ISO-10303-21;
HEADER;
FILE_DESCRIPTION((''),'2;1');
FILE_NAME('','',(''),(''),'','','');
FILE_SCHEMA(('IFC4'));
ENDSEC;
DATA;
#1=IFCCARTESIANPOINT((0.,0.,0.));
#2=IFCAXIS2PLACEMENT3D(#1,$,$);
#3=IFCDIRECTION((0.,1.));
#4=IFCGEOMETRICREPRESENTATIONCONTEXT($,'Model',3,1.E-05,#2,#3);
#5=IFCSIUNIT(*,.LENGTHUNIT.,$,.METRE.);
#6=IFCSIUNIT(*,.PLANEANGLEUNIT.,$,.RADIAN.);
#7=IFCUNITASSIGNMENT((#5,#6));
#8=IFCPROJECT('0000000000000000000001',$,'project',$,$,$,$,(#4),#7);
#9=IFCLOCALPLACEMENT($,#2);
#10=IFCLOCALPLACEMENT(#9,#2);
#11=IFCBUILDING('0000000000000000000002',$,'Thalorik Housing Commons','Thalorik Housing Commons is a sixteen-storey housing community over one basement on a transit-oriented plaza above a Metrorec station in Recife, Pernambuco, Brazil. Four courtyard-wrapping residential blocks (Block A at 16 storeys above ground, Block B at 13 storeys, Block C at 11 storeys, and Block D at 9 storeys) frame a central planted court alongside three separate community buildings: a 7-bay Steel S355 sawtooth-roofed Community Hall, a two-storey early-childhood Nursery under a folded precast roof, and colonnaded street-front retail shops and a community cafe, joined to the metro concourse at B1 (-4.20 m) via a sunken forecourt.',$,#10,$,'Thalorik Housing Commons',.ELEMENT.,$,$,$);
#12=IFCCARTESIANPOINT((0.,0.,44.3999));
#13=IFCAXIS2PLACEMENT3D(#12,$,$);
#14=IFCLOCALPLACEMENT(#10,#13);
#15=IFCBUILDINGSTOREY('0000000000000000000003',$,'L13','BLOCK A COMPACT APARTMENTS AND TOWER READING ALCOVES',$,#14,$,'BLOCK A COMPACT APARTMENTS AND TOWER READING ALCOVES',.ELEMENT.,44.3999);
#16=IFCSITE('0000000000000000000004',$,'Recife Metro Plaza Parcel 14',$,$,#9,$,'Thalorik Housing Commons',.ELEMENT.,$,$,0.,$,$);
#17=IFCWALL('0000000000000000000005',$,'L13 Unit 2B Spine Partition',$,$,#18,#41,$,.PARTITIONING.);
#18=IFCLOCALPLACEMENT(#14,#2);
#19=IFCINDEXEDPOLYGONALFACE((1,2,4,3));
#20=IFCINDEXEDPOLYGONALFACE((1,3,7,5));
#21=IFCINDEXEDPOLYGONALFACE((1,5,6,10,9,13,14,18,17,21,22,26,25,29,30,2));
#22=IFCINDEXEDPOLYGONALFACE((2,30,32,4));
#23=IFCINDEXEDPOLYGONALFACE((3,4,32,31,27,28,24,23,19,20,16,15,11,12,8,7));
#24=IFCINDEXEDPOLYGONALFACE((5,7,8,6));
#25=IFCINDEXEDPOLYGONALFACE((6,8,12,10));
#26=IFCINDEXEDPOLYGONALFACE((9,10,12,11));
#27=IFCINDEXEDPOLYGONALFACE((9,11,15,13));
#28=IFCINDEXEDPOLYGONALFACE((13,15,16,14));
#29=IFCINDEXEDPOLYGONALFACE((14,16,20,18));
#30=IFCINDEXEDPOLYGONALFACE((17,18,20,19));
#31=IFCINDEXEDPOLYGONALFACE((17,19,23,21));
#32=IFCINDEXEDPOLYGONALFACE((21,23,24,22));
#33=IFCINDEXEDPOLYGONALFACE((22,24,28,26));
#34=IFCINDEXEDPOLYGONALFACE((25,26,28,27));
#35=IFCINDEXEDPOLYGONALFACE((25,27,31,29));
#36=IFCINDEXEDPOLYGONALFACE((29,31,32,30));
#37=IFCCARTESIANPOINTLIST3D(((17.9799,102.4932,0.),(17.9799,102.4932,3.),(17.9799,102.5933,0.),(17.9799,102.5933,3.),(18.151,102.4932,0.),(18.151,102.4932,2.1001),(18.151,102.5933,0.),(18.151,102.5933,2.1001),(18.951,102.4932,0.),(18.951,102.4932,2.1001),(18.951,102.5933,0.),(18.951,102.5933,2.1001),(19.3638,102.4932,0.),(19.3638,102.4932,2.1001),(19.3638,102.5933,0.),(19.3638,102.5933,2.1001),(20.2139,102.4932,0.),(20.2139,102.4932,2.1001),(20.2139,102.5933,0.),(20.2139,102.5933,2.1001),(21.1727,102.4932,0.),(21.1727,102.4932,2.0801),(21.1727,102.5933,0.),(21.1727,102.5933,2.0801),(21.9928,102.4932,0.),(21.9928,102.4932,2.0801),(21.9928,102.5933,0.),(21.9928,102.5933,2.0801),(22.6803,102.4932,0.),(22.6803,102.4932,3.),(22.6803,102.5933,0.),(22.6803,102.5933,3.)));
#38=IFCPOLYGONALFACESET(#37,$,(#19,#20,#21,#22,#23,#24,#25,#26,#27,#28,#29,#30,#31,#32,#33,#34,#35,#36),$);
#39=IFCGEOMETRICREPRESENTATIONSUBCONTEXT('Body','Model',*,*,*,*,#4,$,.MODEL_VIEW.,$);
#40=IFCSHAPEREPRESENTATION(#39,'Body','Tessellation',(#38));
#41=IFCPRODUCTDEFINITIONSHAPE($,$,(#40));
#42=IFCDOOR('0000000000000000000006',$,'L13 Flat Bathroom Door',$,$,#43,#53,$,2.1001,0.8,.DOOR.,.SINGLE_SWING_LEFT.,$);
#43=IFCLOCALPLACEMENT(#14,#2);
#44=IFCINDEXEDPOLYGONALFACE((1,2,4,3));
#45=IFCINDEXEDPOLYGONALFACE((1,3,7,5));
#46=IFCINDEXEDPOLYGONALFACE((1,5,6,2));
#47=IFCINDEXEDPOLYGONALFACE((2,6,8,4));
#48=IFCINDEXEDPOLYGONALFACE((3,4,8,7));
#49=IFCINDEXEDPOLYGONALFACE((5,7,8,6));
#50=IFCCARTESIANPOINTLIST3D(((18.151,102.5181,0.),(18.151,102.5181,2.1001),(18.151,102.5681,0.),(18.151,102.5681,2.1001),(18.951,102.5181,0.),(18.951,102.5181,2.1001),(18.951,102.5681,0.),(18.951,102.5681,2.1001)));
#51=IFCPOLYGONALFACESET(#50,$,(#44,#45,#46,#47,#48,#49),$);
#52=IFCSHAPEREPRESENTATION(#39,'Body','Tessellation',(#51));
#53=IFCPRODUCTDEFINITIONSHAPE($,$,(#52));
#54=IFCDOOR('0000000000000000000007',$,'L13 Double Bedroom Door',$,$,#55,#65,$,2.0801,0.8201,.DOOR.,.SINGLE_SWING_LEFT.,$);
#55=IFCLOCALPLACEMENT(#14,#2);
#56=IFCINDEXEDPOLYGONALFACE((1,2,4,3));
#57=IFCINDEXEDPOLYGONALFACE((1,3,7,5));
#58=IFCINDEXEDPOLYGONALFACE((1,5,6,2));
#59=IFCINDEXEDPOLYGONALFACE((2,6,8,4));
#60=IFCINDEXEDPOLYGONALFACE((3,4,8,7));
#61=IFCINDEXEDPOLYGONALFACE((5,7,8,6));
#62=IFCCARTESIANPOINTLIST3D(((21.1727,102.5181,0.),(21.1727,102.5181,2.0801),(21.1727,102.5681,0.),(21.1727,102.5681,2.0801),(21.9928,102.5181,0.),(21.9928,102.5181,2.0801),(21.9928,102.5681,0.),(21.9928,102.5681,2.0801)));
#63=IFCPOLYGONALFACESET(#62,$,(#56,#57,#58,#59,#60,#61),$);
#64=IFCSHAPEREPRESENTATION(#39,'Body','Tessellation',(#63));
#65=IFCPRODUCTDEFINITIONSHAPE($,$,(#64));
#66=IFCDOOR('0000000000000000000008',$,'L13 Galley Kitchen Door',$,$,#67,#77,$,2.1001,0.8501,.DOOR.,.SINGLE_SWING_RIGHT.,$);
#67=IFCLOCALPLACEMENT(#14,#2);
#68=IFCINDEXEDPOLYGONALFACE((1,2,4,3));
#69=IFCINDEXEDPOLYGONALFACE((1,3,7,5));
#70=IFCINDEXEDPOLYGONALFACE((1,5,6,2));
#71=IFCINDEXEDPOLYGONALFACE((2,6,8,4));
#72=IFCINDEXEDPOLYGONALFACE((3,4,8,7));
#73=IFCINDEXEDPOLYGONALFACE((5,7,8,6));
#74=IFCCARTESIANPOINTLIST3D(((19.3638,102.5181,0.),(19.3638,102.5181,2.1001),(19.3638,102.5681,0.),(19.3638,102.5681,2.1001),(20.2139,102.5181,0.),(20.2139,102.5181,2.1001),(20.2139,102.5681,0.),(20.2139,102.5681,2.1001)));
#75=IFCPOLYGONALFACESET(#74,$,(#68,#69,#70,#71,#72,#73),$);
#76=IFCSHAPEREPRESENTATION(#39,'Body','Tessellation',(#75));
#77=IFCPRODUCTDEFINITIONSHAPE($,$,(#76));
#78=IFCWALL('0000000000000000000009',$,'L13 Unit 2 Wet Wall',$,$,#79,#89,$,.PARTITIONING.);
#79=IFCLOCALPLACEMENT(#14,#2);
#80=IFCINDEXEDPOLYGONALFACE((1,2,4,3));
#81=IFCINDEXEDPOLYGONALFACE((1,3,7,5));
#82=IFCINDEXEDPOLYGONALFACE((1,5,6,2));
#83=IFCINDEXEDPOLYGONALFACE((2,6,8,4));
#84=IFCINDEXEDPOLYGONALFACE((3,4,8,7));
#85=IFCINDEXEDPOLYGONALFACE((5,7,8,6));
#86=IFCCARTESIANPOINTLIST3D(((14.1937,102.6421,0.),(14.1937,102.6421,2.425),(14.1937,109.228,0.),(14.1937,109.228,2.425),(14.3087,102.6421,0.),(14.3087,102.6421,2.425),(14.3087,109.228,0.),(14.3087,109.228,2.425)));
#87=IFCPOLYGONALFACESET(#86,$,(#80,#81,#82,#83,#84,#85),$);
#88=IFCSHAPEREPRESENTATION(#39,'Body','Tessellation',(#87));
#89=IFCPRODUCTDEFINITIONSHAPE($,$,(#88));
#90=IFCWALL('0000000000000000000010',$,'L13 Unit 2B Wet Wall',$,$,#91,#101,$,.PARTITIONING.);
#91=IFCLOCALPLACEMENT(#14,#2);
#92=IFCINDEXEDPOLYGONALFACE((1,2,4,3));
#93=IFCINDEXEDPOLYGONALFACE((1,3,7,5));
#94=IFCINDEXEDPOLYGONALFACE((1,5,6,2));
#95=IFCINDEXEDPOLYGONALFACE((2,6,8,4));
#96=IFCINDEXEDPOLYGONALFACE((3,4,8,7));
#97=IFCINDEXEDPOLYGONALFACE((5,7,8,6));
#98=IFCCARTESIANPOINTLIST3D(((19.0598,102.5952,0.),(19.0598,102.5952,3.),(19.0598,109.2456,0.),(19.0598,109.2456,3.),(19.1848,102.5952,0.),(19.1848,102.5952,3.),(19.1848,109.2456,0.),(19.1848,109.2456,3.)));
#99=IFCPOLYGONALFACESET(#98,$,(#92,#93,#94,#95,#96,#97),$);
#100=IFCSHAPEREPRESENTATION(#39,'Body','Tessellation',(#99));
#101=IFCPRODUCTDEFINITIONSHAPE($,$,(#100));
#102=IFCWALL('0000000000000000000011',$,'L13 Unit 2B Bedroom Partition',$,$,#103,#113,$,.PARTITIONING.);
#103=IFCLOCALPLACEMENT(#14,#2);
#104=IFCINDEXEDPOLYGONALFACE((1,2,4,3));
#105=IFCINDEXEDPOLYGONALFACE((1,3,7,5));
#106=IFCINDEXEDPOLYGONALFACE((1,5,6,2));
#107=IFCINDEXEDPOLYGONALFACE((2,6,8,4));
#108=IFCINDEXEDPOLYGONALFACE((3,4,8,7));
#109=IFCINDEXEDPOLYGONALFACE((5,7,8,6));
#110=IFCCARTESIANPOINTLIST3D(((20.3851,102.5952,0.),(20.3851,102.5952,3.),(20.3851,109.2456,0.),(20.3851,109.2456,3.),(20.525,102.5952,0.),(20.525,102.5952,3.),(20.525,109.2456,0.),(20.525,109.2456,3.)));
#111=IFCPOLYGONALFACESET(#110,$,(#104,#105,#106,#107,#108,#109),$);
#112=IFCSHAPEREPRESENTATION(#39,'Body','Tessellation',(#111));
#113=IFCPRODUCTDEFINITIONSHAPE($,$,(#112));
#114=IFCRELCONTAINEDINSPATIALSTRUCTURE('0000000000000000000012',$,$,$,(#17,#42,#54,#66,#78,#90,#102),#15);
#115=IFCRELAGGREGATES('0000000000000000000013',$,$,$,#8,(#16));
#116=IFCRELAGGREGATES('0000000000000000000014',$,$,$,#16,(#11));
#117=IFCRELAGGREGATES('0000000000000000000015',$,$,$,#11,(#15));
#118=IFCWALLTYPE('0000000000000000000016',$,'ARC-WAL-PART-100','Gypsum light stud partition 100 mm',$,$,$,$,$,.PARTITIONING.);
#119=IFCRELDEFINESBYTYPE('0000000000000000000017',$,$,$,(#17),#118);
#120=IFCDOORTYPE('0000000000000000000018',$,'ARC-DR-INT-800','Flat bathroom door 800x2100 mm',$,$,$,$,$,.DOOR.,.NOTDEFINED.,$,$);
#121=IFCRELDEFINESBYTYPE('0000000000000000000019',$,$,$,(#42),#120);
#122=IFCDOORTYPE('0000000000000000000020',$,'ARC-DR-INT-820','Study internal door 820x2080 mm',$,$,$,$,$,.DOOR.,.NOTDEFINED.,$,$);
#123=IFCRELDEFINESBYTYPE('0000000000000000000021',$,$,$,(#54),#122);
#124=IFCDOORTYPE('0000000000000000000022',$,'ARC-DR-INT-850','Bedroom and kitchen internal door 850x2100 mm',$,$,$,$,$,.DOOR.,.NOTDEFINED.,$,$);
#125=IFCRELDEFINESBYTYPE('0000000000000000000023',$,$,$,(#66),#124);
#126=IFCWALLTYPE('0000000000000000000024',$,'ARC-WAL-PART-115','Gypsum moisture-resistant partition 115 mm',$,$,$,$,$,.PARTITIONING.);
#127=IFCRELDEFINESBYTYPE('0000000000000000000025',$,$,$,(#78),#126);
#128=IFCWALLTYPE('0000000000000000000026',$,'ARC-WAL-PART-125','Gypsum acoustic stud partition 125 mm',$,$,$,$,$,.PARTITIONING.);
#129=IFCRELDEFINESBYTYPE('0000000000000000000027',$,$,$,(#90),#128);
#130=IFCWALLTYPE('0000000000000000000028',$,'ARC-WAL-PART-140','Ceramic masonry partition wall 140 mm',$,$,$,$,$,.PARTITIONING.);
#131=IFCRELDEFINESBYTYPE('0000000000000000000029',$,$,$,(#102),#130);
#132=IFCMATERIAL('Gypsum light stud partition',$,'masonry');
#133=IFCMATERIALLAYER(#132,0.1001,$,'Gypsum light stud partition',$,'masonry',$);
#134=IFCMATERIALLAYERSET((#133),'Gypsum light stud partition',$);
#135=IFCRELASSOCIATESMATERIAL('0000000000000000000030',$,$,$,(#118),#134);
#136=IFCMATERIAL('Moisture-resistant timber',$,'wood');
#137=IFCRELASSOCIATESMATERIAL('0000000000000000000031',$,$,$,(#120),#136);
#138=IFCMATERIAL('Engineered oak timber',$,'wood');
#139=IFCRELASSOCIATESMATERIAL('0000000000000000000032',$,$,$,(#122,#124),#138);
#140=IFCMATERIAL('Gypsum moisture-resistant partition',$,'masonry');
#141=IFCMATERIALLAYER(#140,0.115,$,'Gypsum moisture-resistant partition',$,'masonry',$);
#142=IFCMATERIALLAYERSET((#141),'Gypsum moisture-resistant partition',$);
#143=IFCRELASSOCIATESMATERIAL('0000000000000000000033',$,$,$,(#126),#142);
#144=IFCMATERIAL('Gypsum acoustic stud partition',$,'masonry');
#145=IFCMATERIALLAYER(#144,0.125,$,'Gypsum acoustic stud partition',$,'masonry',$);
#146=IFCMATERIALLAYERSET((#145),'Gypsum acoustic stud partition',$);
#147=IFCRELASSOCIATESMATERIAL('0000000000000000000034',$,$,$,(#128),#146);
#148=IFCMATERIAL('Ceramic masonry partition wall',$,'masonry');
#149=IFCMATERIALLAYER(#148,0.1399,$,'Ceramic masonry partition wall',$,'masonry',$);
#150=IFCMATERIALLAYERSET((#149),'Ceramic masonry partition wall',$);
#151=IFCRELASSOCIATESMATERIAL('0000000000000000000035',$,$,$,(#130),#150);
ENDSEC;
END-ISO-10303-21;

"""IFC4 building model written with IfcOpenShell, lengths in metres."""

from ifc_helpers import new_model, si_unit, direction, frame, frame_2d, origin, place, context, subcontext, project, spatial, rectangle, extrude, material, layer, layer_set, type_object, element, fill, save


model = new_model("IFC4")

# Units and contexts
model_context = context("Model", 3, precision=1e-05, world=origin(), true_north=direction((0.0, 1.0)))
body_context = subcontext(model_context, "Body", "Model", "MODEL_VIEW")
ifc_project = project(units=[si_unit("LENGTHUNIT", "METRE"), si_unit("PLANEANGLEUNIT", "RADIAN")], contexts=[model_context])

# Site, building, storey
site_placement = place(None, origin())
site = spatial("IfcSite", under=ifc_project, at=site_placement, Name="Recife Metro Plaza Parcel 14", LongName="Thalorik Housing Commons", CompositionType="ELEMENT", RefElevation=0.0)
building_placement = place(site_placement, origin())
building = spatial("IfcBuilding", under=site, at=building_placement, Name="Thalorik Housing Commons", Description="Thalorik Housing Commons is a sixteen-storey housing community over one basement on a transit-oriented plaza above a Metrorec station in Recife, Pernambuco, Brazil. Four courtyard-wrapping residential blocks (Block A at 16 storeys above ground, Block B at 13 storeys, Block C at 11 storeys, and Block D at 9 storeys) frame a central planted court alongside three separate community buildings: a 7-bay Steel S355 sawtooth-roofed Community Hall, a two-storey early-childhood Nursery under a folded precast roof, and colonnaded street-front retail shops and a community cafe, joined to the metro concourse at B1 (-4.20 m) via a sunken forecourt.", LongName="Thalorik Housing Commons", CompositionType="ELEMENT")
storey_placement = place(building_placement, frame((0.0, 0.0, 44.3999)))
storey = spatial("IfcBuildingStorey", under=building, at=storey_placement, Name="L13", Description="BLOCK A COMPACT APARTMENTS AND TOWER READING ALCOVES", LongName="BLOCK A COMPACT APARTMENTS AND TOWER READING ALCOVES", CompositionType="ELEMENT", Elevation=44.3999)

# Wall, openings, doors
ifc_material_1 = material(Name="Gypsum light stud partition", Category="masonry")
ifc_layer_1 = layer(ifc_material_1, 0.1001, Name="Gypsum light stud partition", Category="masonry")
ifc_layer_set_1 = layer_set([ifc_layer_1], Name="Gypsum light stud partition")
wall_type_1 = type_object("IfcWallType", Name="ARC-WAL-PART-100", Description="Gypsum light stud partition 100 mm", PredefinedType="PARTITIONING", material=ifc_layer_set_1)
wall_1_placement = place(storey_placement, frame((17.98, 102.5432, 0.0), z_axis=(0.0, 0.0, 1.0), x_axis=(1.0, 0.0, 0.0)))
wall_1 = element("IfcWall", 1, at=wall_1_placement, inside=storey, type_object=wall_type_1, Name="L13 Unit 2B Spine Partition", PredefinedType="PARTITIONING", context=body_context, shape_type="SweptSolid", body=[
    extrude(rectangle(XDim=4.7004, YDim=0.1001, at=frame_2d((2.3501, 0.0))), origin(), (0.0, 0.0, 1.0), 3.0),
])
opening_1_placement = place(wall_1_placement, frame((0.1711, 0.0, 0.0)))
opening_1 = element("IfcOpeningElement", 2, at=opening_1_placement, cuts=wall_1, PredefinedType="OPENING", context=body_context, shape_type="SweptSolid", body=[
    extrude(rectangle(XDim=0.8, YDim=2.1001, at=frame_2d((0.3999, 1.05))), frame((0.0, 0.0601, 0.0), z_axis=(0.0, -1.0, 0.0), x_axis=(1.0, 0.0, 0.0)), (0.0, 0.0, 1.0), 0.1201),
])
opening_2_placement = place(wall_1_placement, frame((1.3838, 0.0, 0.0)))
opening_2 = element("IfcOpeningElement", 3, at=opening_2_placement, cuts=wall_1, PredefinedType="OPENING", context=body_context, shape_type="SweptSolid", body=[
    extrude(rectangle(XDim=0.8501, YDim=2.1001, at=frame_2d((0.425, 1.05))), frame((0.0, 0.0601, 0.0), z_axis=(0.0, -1.0, 0.0), x_axis=(1.0, 0.0, 0.0)), (0.0, 0.0, 1.0), 0.1201),
])
opening_3_placement = place(wall_1_placement, frame((3.1926, 0.0, 0.0)))
opening_3 = element("IfcOpeningElement", 4, at=opening_3_placement, cuts=wall_1, PredefinedType="OPENING", context=body_context, shape_type="SweptSolid", body=[
    extrude(rectangle(XDim=0.8201, YDim=2.0801, at=frame_2d((0.4102, 1.04))), frame((0.0, 0.0601, 0.0), z_axis=(0.0, -1.0, 0.0), x_axis=(1.0, 0.0, 0.0)), (0.0, 0.0, 1.0), 0.1201),
])
ifc_material_2 = material(Name="Moisture-resistant timber", Category="wood")
door_type_1 = type_object("IfcDoorType", Name="ARC-DR-INT-800", Description="Flat bathroom door 800x2100 mm", OperationType="NOTDEFINED", PredefinedType="DOOR", material=ifc_material_2)
door_1_placement = place(opening_1_placement, origin())
door_1 = element("IfcDoor", 5, at=door_1_placement, inside=storey, type_object=door_type_1, Name="L13 Flat Bathroom Door", OperationType="SINGLE_SWING_LEFT", OverallHeight=2.1001, OverallWidth=0.8, PredefinedType="DOOR", context=body_context, shape_type="SweptSolid", body=[
    extrude(rectangle(XDim=0.8, YDim=2.1001, at=frame_2d((0.3999, 1.05))), frame((0.0, 0.0249, 0.0), z_axis=(0.0, -1.0, 0.0), x_axis=(1.0, 0.0, 0.0)), (0.0, 0.0, 1.0), 0.05),
])
fill(opening_1, door_1)
ifc_material_3 = material(Name="Engineered oak timber", Category="wood")
door_type_2 = type_object("IfcDoorType", Name="ARC-DR-INT-820", Description="Study internal door 820x2080 mm", OperationType="NOTDEFINED", PredefinedType="DOOR", material=ifc_material_3)
door_2_placement = place(opening_3_placement, origin())
door_2 = element("IfcDoor", 6, at=door_2_placement, inside=storey, type_object=door_type_2, Name="L13 Double Bedroom Door", OperationType="SINGLE_SWING_LEFT", OverallHeight=2.0801, OverallWidth=0.8201, PredefinedType="DOOR", context=body_context, shape_type="SweptSolid", body=[
    extrude(rectangle(XDim=0.8201, YDim=2.0801, at=frame_2d((0.4102, 1.04))), frame((0.0, 0.0249, 0.0), z_axis=(0.0, -1.0, 0.0), x_axis=(1.0, 0.0, 0.0)), (0.0, 0.0, 1.0), 0.05),
])
fill(opening_3, door_2)
door_type_3 = type_object("IfcDoorType", Name="ARC-DR-INT-850", Description="Bedroom and kitchen internal door 850x2100 mm", OperationType="NOTDEFINED", PredefinedType="DOOR", material=ifc_material_3)
door_3_placement = place(opening_2_placement, origin())
door_3 = element("IfcDoor", 7, at=door_3_placement, inside=storey, type_object=door_type_3, Name="L13 Galley Kitchen Door", OperationType="SINGLE_SWING_RIGHT", OverallHeight=2.1001, OverallWidth=0.8501, PredefinedType="DOOR", context=body_context, shape_type="SweptSolid", body=[
    extrude(rectangle(XDim=0.8501, YDim=2.1001, at=frame_2d((0.425, 1.05))), frame((0.0, 0.0249, 0.0), z_axis=(0.0, -1.0, 0.0), x_axis=(1.0, 0.0, 0.0)), (0.0, 0.0, 1.0), 0.05),
])
fill(opening_2, door_3)

# Walls
ifc_material_4 = material(Name="Gypsum moisture-resistant partition", Category="masonry")
ifc_layer_2 = layer(ifc_material_4, 0.115, Name="Gypsum moisture-resistant partition", Category="masonry")
ifc_layer_set_2 = layer_set([ifc_layer_2], Name="Gypsum moisture-resistant partition")
wall_type_2 = type_object("IfcWallType", Name="ARC-WAL-PART-115", Description="Gypsum moisture-resistant partition 115 mm", PredefinedType="PARTITIONING", material=ifc_layer_set_2)
wall_2_placement = place(storey_placement, frame((14.2512, 102.6421, 0.0), z_axis=(0.0, 0.0, 1.0), x_axis=(0.0, 1.0, 0.0)))
element("IfcWall", 8, at=wall_2_placement, inside=storey, type_object=wall_type_2, Name="L13 Unit 2 Wet Wall", PredefinedType="PARTITIONING", context=body_context, shape_type="SweptSolid", body=[
    extrude(rectangle(XDim=6.5859, YDim=0.115, at=frame_2d((3.293, 0.0))), origin(), (0.0, 0.0, 1.0), 2.425),
])
ifc_material_5 = material(Name="Gypsum acoustic stud partition", Category="masonry")
ifc_layer_3 = layer(ifc_material_5, 0.125, Name="Gypsum acoustic stud partition", Category="masonry")
ifc_layer_set_3 = layer_set([ifc_layer_3], Name="Gypsum acoustic stud partition")
wall_type_3 = type_object("IfcWallType", Name="ARC-WAL-PART-125", Description="Gypsum acoustic stud partition 125 mm", PredefinedType="PARTITIONING", material=ifc_layer_set_3)
wall_3_placement = place(storey_placement, frame((19.1223, 102.5952, 0.0), z_axis=(0.0, 0.0, 1.0), x_axis=(0.0, 1.0, 0.0)))
element("IfcWall", 9, at=wall_3_placement, inside=storey, type_object=wall_type_3, Name="L13 Unit 2B Wet Wall", PredefinedType="PARTITIONING", context=body_context, shape_type="SweptSolid", body=[
    extrude(rectangle(XDim=6.6504, YDim=0.125, at=frame_2d((3.3252, 0.0))), origin(), (0.0, 0.0, 1.0), 3.0),
])
ifc_material_6 = material(Name="Ceramic masonry partition wall", Category="masonry")
ifc_layer_4 = layer(ifc_material_6, 0.1399, Name="Ceramic masonry partition wall", Category="masonry")
ifc_layer_set_4 = layer_set([ifc_layer_4], Name="Ceramic masonry partition wall")
wall_type_4 = type_object("IfcWallType", Name="ARC-WAL-PART-140", Description="Ceramic masonry partition wall 140 mm", PredefinedType="PARTITIONING", material=ifc_layer_set_4)
wall_4_placement = place(storey_placement, frame((20.4551, 102.5952, 0.0), z_axis=(0.0, 0.0, 1.0), x_axis=(0.0, 1.0, 0.0)))
element("IfcWall", 10, at=wall_4_placement, inside=storey, type_object=wall_type_4, Name="L13 Unit 2B Bedroom Partition", PredefinedType="PARTITIONING", context=body_context, shape_type="SweptSolid", body=[
    extrude(rectangle(XDim=6.6504, YDim=0.1399, at=frame_2d((3.3252, 0.0))), origin(), (0.0, 0.0, 1.0), 3.0),
])

save(model, "model.ifc")
